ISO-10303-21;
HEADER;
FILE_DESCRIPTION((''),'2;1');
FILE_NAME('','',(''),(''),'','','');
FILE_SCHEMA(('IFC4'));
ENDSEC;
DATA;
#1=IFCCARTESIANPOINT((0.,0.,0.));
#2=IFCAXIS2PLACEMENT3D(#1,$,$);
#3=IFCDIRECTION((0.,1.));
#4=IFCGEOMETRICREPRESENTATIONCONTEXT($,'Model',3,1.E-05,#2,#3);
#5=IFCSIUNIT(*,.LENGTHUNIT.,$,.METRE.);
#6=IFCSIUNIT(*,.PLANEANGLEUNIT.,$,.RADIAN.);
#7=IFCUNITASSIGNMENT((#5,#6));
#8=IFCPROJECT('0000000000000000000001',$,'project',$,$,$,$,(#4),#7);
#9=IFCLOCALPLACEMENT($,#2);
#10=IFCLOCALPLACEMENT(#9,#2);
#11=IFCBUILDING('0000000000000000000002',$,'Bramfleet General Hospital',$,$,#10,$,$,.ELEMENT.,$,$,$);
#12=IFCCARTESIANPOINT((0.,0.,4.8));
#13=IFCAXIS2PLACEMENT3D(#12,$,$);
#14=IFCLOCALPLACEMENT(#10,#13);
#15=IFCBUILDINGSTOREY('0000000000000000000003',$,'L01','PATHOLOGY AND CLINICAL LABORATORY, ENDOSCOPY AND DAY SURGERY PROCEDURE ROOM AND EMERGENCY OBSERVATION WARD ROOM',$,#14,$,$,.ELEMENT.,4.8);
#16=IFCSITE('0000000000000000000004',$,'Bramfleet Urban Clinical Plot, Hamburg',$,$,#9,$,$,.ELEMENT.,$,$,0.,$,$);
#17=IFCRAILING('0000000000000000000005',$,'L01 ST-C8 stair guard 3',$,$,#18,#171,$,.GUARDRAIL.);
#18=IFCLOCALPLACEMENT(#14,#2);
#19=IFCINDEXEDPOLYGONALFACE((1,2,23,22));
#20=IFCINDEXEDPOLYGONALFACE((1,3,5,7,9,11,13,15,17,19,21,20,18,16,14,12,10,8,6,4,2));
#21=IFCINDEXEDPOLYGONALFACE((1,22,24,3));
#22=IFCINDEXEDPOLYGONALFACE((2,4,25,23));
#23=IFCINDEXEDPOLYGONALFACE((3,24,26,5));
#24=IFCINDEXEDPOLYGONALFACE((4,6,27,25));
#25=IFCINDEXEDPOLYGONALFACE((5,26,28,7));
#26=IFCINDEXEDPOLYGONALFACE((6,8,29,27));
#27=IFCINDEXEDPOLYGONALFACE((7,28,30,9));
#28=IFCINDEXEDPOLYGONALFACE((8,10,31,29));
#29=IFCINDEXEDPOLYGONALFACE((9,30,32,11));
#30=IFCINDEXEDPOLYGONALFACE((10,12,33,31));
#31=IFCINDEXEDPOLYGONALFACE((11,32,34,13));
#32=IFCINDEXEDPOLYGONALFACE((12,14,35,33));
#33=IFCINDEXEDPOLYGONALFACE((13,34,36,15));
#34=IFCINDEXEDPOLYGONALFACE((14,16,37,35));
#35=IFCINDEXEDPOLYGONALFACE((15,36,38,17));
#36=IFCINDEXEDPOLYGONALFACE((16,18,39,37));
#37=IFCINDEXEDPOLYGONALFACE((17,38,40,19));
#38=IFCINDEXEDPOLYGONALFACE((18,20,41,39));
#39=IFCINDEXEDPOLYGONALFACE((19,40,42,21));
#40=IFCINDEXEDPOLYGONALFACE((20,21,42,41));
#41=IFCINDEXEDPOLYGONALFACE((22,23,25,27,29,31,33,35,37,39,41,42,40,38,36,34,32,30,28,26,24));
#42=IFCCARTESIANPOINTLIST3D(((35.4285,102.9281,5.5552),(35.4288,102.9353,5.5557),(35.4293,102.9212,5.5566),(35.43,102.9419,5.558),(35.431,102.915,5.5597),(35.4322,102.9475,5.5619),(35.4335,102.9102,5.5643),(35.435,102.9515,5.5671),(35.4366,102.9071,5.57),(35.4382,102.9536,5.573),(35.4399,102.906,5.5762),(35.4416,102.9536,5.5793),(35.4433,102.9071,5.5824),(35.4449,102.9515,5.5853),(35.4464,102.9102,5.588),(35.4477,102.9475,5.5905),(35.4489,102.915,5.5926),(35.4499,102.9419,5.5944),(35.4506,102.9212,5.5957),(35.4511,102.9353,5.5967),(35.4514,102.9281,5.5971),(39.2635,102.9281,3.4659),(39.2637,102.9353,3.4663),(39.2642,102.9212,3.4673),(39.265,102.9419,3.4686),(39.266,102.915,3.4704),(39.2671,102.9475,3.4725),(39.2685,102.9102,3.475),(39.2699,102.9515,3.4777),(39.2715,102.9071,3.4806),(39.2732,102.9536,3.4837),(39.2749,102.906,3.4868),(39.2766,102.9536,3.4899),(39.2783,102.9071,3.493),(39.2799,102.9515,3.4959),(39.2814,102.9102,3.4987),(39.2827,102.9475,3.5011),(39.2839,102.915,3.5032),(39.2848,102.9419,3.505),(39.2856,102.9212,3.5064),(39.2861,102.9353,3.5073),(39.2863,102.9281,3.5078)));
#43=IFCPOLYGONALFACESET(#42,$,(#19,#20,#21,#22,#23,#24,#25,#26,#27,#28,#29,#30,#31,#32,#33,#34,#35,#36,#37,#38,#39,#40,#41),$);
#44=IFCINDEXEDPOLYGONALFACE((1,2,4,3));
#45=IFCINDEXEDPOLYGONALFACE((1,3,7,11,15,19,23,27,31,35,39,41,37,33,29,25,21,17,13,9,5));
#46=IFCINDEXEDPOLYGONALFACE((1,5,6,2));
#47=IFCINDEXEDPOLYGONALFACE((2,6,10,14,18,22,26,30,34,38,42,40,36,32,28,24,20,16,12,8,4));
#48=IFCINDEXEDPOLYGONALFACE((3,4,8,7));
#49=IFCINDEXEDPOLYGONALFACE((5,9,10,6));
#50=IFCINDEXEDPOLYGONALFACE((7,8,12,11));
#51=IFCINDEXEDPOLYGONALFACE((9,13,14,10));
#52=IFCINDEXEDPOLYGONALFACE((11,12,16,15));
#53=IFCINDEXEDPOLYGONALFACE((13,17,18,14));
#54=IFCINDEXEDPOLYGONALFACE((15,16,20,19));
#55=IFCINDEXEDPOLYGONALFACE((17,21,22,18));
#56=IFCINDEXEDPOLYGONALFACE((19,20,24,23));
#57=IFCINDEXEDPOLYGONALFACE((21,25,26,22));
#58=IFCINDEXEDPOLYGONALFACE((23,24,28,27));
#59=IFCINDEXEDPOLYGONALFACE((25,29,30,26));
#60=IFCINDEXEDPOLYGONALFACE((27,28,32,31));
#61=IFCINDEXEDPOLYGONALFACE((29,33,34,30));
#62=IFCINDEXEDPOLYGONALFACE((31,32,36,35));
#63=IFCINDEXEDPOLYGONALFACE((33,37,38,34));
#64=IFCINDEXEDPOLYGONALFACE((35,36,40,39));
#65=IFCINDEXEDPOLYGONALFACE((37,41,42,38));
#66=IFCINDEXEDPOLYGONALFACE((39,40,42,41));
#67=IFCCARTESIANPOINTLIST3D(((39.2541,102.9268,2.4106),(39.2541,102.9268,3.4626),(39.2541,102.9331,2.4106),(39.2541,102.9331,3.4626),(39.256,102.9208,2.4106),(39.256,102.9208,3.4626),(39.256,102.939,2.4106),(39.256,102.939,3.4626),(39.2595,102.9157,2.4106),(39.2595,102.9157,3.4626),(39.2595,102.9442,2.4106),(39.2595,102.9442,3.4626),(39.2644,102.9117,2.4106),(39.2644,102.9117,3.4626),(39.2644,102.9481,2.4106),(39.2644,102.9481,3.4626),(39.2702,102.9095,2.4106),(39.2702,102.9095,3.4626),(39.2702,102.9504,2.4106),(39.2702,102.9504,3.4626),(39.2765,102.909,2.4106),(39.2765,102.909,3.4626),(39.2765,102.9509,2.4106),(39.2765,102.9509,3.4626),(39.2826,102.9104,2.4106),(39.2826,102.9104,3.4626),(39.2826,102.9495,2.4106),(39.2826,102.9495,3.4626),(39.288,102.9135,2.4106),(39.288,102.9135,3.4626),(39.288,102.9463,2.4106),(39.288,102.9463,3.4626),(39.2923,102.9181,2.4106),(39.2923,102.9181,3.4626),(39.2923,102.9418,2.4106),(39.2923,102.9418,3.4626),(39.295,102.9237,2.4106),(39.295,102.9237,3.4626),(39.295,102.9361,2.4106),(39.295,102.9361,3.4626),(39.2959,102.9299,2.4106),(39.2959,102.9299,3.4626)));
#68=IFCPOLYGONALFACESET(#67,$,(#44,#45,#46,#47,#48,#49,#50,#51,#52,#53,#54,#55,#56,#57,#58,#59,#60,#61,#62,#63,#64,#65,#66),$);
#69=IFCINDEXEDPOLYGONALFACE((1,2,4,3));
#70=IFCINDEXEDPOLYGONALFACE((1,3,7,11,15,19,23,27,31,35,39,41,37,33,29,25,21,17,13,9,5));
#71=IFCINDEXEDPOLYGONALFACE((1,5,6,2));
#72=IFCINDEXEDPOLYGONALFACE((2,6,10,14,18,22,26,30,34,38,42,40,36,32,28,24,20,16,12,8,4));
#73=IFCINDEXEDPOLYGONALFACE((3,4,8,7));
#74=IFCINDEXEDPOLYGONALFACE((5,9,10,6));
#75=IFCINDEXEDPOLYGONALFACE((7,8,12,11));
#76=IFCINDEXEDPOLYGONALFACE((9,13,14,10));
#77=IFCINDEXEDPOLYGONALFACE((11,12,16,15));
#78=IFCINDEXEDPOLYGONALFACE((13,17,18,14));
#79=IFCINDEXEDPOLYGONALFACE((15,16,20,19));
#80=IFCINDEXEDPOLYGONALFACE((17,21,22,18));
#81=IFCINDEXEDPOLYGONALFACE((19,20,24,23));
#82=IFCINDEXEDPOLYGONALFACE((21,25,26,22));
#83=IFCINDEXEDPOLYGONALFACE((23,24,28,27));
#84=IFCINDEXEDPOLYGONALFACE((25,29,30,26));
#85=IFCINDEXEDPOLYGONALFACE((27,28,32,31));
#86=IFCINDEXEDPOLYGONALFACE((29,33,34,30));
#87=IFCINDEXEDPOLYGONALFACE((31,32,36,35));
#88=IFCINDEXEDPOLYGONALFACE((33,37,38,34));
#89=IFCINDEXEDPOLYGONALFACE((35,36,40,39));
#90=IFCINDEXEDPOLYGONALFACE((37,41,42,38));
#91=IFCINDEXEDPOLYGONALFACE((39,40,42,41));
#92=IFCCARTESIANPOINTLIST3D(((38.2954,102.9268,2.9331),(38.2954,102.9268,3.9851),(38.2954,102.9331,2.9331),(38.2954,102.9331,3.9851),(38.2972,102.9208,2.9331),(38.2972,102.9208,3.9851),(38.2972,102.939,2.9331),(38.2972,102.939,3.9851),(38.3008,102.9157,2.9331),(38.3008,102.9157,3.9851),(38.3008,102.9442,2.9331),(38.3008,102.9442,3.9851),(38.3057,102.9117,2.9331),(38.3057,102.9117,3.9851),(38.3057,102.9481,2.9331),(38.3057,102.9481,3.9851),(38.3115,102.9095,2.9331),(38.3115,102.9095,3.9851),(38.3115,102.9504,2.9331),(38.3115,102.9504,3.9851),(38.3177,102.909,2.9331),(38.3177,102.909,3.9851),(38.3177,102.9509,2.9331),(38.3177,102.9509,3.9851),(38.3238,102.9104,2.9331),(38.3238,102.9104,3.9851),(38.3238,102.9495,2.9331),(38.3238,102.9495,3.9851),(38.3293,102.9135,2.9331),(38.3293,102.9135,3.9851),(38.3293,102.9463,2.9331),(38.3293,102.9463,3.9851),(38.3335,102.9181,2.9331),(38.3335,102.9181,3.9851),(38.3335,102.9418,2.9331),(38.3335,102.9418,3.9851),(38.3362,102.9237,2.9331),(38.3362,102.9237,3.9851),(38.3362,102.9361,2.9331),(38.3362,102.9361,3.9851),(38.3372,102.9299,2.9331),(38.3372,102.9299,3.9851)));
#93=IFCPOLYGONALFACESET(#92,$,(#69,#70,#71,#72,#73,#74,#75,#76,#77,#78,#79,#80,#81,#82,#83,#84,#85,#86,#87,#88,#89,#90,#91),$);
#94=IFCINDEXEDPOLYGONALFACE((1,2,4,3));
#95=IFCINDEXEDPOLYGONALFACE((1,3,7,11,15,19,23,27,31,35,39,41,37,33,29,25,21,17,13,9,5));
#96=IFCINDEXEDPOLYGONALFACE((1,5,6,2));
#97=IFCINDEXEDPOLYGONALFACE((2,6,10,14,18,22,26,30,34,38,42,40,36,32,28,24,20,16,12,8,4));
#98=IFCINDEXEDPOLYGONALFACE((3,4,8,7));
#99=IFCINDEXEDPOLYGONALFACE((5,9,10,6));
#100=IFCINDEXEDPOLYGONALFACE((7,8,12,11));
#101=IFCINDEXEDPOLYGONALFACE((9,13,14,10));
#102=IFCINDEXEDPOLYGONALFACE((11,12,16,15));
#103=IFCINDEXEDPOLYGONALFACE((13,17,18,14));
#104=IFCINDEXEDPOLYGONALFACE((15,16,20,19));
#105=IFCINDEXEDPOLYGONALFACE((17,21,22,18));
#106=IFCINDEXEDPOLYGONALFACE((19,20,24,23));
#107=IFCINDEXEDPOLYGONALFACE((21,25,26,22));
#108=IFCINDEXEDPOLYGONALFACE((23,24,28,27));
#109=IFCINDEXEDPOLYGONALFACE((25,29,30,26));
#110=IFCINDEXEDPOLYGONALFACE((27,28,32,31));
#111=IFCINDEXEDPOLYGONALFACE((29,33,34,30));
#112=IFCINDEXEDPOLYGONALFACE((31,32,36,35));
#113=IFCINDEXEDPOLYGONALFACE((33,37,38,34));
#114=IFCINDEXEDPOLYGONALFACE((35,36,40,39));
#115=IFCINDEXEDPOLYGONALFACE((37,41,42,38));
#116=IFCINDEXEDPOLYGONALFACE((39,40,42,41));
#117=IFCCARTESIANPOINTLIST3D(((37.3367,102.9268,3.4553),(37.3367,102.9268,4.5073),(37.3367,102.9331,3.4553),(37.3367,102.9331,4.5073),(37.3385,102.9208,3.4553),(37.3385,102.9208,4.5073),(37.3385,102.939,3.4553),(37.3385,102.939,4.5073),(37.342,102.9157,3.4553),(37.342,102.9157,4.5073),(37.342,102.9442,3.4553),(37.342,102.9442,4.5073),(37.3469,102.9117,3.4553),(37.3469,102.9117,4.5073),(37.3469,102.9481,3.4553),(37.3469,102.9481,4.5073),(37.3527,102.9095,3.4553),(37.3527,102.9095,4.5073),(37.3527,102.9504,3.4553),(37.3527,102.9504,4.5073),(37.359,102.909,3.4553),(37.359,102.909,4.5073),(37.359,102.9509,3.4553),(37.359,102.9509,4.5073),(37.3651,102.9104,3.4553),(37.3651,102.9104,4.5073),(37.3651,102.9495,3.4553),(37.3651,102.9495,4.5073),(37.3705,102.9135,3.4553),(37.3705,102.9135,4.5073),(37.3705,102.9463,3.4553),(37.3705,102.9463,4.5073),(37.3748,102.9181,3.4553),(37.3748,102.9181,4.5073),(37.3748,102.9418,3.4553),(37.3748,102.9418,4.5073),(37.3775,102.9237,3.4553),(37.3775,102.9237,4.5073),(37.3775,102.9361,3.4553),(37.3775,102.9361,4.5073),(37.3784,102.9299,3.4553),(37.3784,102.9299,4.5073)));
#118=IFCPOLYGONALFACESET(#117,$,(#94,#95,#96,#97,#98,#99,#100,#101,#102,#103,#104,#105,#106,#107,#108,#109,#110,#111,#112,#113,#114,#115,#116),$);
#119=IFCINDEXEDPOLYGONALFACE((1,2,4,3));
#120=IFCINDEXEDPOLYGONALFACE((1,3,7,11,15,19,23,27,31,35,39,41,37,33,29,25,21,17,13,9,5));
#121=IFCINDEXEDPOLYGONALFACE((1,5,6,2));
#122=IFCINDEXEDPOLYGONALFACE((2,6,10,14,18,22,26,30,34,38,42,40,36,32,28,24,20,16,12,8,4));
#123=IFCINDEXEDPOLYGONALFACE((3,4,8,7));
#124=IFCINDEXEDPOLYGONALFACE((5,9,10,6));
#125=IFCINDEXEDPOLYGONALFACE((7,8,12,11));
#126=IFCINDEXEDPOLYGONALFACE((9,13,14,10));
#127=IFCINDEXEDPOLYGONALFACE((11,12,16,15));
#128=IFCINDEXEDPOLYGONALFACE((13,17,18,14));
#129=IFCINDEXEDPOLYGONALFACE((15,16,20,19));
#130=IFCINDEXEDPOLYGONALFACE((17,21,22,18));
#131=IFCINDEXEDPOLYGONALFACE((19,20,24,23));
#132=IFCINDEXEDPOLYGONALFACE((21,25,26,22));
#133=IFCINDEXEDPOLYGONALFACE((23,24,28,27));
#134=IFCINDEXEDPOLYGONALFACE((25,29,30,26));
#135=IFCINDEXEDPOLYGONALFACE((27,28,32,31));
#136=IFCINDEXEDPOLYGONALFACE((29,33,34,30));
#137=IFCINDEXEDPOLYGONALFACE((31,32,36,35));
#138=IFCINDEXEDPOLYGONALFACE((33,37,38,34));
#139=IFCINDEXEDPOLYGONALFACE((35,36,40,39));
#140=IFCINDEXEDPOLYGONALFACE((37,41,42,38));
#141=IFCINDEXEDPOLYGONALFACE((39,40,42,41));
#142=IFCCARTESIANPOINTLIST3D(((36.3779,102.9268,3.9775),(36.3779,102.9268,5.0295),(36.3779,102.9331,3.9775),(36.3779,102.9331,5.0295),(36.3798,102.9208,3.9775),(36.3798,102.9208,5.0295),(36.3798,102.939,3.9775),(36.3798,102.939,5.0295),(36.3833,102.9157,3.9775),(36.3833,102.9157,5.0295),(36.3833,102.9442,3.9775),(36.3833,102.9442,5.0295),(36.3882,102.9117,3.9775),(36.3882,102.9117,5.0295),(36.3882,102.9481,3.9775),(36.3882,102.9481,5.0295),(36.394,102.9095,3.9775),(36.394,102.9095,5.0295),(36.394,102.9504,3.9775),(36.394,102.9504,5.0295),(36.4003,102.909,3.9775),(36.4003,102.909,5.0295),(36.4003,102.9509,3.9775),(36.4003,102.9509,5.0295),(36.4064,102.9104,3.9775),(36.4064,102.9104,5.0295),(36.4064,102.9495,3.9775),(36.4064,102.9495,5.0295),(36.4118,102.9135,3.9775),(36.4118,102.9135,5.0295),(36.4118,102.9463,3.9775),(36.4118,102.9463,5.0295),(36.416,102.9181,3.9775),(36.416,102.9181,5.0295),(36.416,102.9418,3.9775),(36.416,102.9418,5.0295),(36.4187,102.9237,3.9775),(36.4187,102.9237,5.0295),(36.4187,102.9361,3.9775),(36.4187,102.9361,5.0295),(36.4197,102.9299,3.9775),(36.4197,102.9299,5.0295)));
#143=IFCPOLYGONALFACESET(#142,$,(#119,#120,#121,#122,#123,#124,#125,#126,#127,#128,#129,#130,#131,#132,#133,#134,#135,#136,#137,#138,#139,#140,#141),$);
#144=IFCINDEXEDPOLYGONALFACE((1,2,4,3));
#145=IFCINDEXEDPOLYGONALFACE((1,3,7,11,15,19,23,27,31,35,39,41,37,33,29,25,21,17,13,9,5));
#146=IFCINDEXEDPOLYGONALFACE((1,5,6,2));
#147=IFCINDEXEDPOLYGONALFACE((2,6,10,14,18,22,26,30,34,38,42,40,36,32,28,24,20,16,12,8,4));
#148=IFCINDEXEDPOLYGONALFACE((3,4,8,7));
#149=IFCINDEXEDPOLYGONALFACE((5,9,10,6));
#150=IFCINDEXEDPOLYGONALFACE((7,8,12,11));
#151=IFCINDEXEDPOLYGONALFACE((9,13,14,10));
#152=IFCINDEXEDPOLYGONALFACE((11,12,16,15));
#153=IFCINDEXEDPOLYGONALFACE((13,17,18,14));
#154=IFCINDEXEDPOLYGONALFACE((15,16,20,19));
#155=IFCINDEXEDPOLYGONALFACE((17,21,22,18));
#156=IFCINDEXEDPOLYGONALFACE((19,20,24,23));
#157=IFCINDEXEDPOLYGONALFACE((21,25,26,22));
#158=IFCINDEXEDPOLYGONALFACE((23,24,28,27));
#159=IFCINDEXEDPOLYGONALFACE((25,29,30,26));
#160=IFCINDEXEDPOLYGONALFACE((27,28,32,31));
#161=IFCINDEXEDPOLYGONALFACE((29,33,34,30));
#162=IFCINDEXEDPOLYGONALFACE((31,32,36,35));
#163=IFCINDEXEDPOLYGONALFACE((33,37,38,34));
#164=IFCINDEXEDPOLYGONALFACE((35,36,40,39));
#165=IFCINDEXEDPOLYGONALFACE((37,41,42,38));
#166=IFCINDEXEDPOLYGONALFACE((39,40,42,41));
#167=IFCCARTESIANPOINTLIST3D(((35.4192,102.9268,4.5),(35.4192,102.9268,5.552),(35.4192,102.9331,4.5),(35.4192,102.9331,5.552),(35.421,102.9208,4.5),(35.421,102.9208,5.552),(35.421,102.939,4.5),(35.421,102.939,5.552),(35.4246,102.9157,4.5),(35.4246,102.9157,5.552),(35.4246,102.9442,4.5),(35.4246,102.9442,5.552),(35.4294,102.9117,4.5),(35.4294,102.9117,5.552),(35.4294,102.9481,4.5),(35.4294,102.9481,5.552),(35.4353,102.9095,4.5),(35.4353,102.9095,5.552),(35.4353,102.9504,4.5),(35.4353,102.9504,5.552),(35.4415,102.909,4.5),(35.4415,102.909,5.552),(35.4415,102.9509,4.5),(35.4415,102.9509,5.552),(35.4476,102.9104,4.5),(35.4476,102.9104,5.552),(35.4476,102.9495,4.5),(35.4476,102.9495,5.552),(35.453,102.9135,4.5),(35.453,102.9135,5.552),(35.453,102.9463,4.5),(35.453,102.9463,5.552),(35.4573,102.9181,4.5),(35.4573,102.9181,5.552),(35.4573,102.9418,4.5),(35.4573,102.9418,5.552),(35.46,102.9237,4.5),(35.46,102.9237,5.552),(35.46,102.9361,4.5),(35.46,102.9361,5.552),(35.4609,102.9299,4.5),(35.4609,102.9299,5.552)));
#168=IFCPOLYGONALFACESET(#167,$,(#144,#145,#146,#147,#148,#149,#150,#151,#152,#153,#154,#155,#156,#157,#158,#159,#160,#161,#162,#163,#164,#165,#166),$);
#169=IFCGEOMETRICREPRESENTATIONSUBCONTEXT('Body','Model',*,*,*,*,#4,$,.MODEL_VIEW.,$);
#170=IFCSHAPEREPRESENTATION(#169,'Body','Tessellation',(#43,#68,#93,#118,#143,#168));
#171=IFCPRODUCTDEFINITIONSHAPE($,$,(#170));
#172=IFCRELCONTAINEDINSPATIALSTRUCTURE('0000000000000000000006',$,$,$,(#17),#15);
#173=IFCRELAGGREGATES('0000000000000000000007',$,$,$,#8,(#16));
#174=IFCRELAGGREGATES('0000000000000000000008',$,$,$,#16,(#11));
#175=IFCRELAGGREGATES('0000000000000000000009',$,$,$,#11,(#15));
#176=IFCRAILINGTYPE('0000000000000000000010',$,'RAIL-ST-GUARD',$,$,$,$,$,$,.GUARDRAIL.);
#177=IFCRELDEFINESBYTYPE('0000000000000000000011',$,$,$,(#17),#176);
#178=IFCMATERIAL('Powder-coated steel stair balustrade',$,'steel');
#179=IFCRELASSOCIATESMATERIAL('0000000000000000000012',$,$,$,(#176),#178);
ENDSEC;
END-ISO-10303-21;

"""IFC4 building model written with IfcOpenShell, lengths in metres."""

from ifc_helpers import new_model, si_unit, direction, frame, origin, origin_2d, place, context, subcontext, project, spatial, circle, extrude, material, type_object, element, save


model = new_model("IFC4")

# Units and contexts
model_context = context("Model", 3, precision=1e-05, world=origin(), true_north=direction((0.0, 1.0)))
body_context = subcontext(model_context, "Body", "Model", "MODEL_VIEW")
ifc_project = project(units=[si_unit("LENGTHUNIT", "METRE"), si_unit("PLANEANGLEUNIT", "RADIAN")], contexts=[model_context])

# Site, building, storey
site_placement = place(None, origin())
site = spatial("IfcSite", under=ifc_project, at=site_placement, Name="Bramfleet Urban Clinical Plot, Hamburg", CompositionType="ELEMENT", RefElevation=0.0)
building_placement = place(site_placement, origin())
building = spatial("IfcBuilding", under=site, at=building_placement, Name="Bramfleet General Hospital", CompositionType="ELEMENT")
storey_placement = place(building_placement, frame((0.0, 0.0, 4.8)))
storey = spatial("IfcBuildingStorey", under=building, at=storey_placement, Name="L01", Description="PATHOLOGY AND CLINICAL LABORATORY, ENDOSCOPY AND DAY SURGERY PROCEDURE ROOM AND EMERGENCY OBSERVATION WARD ROOM", CompositionType="ELEMENT", Elevation=4.8)

# Railing
ifc_material_1 = material(Name="Powder-coated steel stair balustrade", Category="steel")
railing_type_1 = type_object("IfcRailingType", Name="RAIL-ST-GUARD", PredefinedType="GUARDRAIL", material=ifc_material_1)
railing_1_placement = place(storey_placement, frame((39.2749, 102.9299, 2.4106)))
element("IfcRailing", 1, at=railing_1_placement, inside=storey, type_object=railing_type_1, Name="L01 ST-C8 stair guard 3", PredefinedType="GUARDRAIL", context=body_context, shape_type="SweptSolid", body=[
    extrude(circle(Radius=0.0239, at=origin_2d()), frame((0.0, 0.0, 1.0762), z_axis=(-0.87813, 0.0, 0.478421), x_axis=(0.0, -1.0, 0.0)), (0.0, 0.0, 1.0), 4.3672),
    extrude(circle(Radius=0.021, at=origin_2d()), origin(), (0.0, 0.0, 1.0), 1.052),
    extrude(circle(Radius=0.021, at=origin_2d()), frame((-0.9587, 0.0, 0.5225)), (0.0, 0.0, 1.0), 1.052),
    extrude(circle(Radius=0.021, at=origin_2d()), frame((-1.9175, 0.0, 1.0447)), (0.0, 0.0, 1.0), 1.052),
    extrude(circle(Radius=0.021, at=origin_2d()), frame((-2.8762, 0.0, 1.5669)), (0.0, 0.0, 1.0), 1.052),
    extrude(circle(Radius=0.021, at=origin_2d()), frame((-3.835, 0.0, 2.0894)), (0.0, 0.0, 1.0), 1.052),
])

save(model, "model.ifc")
